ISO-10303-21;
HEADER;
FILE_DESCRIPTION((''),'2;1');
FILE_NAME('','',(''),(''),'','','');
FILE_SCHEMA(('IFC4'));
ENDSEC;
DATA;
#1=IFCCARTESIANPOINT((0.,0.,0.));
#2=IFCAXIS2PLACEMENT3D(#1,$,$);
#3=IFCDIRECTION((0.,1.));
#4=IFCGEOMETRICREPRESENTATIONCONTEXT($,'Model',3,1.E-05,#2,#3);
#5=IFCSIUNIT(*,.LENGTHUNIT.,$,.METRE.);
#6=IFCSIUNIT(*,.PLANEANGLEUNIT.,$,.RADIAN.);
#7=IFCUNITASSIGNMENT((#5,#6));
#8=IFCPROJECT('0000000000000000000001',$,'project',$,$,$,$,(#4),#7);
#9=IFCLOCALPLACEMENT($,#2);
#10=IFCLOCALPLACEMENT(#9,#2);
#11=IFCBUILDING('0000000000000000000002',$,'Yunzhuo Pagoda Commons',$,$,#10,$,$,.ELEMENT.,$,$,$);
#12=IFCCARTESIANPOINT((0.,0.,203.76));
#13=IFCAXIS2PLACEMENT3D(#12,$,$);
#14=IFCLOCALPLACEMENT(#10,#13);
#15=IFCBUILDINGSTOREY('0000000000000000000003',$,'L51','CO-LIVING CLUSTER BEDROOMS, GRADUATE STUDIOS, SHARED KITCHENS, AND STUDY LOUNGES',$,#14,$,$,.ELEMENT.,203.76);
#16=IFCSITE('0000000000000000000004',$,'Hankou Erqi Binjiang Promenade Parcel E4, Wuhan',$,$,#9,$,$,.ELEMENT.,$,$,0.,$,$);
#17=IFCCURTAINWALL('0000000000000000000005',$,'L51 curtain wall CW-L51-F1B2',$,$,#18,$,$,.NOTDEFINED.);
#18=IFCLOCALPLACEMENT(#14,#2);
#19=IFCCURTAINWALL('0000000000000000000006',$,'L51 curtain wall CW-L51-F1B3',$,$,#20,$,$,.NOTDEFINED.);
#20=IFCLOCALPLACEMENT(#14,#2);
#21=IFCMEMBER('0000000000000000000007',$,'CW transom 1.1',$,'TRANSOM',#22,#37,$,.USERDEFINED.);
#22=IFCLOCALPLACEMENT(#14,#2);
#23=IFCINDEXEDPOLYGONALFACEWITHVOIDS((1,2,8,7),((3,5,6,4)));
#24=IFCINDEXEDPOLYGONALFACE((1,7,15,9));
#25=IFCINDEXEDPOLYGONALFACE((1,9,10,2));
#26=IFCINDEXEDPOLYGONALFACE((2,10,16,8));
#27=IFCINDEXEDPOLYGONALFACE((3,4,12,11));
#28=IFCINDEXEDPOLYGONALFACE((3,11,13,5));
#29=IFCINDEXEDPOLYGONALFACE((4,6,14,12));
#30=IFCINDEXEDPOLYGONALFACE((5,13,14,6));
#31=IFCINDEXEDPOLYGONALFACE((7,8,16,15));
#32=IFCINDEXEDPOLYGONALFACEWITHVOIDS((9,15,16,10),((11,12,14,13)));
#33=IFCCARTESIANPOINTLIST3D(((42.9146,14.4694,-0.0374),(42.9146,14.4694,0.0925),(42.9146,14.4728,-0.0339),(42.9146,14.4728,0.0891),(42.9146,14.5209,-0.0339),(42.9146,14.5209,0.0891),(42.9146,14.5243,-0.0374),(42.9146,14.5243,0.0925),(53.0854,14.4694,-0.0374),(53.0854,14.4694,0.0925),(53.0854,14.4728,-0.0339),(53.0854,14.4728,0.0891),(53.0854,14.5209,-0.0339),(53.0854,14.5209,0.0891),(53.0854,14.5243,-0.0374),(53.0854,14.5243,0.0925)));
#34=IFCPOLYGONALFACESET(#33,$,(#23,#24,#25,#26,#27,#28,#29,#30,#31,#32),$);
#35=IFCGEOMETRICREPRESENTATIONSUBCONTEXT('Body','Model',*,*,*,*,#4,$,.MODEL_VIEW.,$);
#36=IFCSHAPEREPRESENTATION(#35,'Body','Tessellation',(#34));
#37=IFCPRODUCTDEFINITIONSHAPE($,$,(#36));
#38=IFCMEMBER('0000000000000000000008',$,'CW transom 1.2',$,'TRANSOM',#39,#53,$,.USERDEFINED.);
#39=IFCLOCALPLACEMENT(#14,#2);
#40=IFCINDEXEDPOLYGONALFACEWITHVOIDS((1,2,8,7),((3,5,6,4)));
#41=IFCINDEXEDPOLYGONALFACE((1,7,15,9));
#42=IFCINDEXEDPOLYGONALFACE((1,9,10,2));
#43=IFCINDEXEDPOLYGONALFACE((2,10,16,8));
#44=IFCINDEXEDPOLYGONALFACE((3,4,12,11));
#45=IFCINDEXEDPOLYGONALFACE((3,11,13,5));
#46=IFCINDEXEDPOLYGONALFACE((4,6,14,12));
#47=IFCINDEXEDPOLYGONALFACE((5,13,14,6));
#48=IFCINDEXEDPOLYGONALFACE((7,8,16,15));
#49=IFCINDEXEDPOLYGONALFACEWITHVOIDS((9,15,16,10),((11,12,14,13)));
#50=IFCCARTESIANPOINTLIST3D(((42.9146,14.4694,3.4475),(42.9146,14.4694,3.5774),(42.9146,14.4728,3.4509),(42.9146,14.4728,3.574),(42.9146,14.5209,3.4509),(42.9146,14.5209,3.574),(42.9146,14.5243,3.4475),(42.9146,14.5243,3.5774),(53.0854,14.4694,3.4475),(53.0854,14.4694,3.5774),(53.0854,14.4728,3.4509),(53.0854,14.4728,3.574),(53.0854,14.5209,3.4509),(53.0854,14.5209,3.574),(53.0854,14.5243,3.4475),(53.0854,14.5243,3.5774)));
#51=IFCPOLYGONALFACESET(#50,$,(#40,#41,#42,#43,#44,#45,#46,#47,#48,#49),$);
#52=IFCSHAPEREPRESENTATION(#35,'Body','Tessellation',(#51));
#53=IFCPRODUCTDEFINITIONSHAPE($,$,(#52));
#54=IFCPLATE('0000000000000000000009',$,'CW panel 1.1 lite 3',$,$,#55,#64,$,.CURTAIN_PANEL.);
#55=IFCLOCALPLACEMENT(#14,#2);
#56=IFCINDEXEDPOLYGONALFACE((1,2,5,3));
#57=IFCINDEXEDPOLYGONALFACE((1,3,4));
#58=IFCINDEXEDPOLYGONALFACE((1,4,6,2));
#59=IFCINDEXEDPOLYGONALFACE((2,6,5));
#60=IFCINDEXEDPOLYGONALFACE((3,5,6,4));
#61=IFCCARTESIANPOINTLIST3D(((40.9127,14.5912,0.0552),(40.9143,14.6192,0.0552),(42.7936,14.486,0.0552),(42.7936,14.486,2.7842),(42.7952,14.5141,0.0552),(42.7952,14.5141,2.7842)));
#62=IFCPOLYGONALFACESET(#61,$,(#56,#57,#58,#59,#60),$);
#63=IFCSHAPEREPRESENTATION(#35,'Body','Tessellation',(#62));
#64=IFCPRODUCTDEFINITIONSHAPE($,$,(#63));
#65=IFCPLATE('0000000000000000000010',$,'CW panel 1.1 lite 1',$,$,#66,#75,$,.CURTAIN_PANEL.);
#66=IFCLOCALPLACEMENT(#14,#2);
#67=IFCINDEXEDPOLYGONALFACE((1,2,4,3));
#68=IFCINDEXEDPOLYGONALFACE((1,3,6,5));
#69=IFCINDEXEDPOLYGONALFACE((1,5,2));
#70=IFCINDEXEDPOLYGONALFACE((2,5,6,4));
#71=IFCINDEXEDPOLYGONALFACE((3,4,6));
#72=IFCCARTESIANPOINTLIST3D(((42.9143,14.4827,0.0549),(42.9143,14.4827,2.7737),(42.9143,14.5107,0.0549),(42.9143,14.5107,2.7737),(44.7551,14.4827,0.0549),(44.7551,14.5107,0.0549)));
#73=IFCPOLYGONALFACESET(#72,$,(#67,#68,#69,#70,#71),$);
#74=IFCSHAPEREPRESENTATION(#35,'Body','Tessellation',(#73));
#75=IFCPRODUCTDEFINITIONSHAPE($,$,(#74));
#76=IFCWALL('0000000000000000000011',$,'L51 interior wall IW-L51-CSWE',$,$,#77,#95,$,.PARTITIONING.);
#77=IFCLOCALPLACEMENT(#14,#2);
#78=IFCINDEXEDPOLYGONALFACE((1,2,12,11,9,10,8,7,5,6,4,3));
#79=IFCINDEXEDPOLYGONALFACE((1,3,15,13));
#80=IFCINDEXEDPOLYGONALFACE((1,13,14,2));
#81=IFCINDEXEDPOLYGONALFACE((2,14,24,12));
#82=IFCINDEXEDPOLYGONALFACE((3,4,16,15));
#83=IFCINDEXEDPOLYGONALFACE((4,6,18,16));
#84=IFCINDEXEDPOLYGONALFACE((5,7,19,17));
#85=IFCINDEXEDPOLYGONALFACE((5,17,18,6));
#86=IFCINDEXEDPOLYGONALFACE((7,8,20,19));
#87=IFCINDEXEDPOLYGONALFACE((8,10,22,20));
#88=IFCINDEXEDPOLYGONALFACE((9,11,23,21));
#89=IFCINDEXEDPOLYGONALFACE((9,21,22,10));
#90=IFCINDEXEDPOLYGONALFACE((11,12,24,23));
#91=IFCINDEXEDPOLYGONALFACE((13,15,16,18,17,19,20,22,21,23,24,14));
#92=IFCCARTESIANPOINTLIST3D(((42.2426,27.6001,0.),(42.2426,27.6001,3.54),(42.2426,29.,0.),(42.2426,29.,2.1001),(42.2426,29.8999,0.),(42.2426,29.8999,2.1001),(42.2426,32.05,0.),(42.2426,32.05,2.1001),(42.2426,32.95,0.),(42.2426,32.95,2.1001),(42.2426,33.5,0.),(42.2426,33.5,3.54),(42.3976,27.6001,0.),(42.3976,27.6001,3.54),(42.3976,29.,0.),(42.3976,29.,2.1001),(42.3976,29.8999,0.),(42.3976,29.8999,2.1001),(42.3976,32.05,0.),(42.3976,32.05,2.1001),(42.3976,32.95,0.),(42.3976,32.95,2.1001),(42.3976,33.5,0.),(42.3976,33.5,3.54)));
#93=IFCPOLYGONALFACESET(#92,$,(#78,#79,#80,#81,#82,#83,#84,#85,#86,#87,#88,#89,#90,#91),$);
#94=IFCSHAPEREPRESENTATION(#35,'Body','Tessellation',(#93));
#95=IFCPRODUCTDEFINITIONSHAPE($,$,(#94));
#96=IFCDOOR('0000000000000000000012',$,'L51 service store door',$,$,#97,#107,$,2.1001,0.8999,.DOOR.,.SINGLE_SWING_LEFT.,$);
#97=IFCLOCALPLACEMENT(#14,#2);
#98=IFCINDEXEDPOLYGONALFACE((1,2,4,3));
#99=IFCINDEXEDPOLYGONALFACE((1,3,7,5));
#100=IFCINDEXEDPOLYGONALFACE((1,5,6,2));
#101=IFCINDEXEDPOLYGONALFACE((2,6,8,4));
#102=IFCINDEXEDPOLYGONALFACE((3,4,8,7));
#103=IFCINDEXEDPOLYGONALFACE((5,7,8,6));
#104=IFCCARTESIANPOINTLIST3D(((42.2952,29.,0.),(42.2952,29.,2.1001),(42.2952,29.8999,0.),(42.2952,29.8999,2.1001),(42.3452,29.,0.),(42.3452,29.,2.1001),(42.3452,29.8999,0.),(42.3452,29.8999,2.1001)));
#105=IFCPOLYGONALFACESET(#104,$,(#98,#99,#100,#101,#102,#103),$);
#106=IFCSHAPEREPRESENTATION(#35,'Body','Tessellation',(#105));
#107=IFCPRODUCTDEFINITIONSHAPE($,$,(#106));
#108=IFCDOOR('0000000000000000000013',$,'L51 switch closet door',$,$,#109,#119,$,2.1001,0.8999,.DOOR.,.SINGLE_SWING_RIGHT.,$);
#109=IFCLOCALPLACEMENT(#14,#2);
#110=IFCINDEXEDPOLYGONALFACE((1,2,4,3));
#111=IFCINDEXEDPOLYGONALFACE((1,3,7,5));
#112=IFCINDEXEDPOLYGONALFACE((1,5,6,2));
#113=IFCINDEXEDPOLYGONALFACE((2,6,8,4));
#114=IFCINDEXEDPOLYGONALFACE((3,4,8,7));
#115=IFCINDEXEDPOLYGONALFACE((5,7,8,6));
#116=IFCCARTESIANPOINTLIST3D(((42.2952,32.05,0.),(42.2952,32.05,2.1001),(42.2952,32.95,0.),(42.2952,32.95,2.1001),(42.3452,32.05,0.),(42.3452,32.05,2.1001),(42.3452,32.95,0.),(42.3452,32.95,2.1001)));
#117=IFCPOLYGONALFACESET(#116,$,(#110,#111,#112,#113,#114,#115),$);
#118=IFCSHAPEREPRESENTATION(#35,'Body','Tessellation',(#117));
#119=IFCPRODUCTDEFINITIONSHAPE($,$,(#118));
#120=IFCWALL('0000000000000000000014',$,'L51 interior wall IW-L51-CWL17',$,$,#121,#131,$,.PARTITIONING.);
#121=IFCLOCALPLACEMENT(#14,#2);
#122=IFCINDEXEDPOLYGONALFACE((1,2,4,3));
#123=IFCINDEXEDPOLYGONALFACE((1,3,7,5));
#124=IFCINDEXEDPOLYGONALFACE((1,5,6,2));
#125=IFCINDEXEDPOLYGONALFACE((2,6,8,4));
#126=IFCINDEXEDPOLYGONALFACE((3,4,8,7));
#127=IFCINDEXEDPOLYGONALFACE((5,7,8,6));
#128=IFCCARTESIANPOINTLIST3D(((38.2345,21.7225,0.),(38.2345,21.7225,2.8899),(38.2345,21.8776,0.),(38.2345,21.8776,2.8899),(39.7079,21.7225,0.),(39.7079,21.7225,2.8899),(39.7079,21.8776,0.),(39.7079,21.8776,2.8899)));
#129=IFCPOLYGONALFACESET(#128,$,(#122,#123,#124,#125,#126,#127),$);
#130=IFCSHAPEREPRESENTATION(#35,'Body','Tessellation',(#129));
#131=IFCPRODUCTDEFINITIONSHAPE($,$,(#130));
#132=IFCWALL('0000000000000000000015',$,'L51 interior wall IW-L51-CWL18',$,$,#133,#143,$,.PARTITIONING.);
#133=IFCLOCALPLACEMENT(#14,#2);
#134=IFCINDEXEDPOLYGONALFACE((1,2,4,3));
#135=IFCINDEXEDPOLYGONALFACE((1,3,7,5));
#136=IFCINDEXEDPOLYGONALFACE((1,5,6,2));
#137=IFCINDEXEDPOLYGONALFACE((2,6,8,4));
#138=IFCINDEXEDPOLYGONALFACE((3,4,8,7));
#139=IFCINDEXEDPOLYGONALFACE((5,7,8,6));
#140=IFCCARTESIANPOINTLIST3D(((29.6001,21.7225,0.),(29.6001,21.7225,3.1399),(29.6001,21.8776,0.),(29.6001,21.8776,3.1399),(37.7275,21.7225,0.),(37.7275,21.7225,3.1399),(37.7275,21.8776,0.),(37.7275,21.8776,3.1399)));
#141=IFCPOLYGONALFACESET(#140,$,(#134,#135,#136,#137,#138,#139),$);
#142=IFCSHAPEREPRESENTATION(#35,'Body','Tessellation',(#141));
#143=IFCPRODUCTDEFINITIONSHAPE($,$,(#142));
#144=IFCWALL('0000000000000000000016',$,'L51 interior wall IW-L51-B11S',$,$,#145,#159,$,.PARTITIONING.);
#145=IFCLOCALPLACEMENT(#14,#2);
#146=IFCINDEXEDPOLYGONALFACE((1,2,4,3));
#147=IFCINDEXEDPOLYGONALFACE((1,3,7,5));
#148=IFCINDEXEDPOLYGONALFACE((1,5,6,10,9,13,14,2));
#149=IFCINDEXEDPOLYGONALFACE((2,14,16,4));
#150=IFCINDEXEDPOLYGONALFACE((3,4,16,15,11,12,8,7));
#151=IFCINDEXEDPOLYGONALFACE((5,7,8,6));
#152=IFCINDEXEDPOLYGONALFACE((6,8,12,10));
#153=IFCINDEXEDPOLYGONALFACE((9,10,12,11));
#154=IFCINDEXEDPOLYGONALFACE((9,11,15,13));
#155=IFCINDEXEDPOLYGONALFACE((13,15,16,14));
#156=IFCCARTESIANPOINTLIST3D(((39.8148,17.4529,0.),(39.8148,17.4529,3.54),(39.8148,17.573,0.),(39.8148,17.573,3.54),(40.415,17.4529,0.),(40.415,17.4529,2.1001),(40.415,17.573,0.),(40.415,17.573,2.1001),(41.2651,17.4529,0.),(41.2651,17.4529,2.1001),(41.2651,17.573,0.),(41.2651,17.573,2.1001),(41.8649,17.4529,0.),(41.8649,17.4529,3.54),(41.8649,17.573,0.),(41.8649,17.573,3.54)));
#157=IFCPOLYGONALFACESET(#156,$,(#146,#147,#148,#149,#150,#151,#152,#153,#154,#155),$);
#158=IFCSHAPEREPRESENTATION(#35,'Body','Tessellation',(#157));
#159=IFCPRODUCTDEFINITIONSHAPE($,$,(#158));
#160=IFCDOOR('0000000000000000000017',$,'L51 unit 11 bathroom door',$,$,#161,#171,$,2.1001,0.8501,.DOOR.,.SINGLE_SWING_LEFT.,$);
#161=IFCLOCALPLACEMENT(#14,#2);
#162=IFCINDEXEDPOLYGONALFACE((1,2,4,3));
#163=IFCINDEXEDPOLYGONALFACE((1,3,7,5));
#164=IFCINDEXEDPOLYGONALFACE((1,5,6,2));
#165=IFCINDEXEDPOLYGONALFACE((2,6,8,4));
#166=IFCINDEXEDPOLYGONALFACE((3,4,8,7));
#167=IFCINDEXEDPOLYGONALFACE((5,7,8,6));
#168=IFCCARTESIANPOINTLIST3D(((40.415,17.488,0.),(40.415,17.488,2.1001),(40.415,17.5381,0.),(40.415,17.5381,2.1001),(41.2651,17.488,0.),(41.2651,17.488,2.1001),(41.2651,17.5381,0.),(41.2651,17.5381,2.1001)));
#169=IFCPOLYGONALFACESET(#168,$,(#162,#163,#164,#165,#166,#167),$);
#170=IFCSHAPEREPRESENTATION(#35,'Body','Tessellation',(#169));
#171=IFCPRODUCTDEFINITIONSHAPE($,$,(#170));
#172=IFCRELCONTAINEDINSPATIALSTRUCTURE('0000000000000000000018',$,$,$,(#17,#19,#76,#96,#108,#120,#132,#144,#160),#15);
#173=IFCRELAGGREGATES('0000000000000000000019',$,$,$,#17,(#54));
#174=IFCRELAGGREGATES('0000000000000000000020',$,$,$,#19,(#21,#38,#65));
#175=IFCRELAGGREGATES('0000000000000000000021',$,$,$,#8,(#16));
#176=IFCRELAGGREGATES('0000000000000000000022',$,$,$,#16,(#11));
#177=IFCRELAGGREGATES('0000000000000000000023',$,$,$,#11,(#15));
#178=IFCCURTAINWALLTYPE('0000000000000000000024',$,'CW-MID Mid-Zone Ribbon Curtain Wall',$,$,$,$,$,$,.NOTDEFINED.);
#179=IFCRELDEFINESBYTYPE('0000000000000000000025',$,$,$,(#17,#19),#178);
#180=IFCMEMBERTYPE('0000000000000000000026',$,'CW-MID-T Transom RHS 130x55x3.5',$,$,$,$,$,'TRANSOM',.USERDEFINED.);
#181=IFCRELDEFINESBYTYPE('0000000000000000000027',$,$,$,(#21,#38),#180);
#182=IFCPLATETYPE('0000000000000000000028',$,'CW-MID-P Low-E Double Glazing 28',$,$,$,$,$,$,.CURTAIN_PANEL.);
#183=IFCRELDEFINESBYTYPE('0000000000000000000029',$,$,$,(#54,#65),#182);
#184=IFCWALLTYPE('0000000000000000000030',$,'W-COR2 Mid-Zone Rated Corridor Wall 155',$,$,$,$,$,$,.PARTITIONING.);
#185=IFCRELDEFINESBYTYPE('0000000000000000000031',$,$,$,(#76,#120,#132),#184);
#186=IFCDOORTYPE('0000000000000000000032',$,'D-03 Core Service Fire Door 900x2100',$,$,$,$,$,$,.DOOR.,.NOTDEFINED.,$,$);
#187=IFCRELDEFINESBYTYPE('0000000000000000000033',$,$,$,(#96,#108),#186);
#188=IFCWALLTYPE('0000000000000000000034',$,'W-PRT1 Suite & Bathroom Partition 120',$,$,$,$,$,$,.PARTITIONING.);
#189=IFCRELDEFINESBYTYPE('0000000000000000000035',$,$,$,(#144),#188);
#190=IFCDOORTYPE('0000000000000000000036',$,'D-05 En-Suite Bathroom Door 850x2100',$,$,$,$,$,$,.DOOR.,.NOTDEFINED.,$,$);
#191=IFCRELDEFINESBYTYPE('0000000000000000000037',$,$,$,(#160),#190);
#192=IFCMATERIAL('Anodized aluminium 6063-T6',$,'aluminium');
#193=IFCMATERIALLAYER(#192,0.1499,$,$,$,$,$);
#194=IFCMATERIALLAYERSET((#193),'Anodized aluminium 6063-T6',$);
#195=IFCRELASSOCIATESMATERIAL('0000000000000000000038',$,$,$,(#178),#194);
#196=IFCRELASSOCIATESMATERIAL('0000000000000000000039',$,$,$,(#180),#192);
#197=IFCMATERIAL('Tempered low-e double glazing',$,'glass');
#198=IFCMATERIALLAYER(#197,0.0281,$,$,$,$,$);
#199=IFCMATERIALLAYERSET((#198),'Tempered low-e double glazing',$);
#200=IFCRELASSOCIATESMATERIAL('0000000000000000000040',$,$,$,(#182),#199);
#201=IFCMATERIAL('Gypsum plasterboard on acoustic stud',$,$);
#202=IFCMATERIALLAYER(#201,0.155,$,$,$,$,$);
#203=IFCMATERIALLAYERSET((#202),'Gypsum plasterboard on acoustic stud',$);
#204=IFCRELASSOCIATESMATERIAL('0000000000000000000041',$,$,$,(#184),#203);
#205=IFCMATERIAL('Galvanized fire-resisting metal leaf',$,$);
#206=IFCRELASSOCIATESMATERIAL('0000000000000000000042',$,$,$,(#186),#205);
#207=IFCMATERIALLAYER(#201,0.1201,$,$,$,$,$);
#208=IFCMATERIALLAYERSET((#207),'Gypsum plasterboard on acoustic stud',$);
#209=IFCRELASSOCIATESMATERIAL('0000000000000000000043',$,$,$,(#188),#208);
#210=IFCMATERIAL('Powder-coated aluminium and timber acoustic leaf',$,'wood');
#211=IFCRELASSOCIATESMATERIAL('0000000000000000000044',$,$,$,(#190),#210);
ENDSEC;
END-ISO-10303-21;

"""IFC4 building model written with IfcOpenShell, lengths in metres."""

from ifc_helpers import new_model, si_unit, direction, frame, frame_2d, origin, origin_with_axes, origin_2d, place, context, subcontext, project, spatial, polyline, rectangle, hollow_rectangle, outline, extrude, source, transform, mapped, material, layer, layer_set, material_profile, profile_set, type_object, element, fill, aggregate, save


model = new_model("IFC4")

# Units and contexts
model_context = context("Model", 3, precision=1e-05, world=origin(), true_north=direction((0.0, 1.0)))
body_context = subcontext(model_context, "Body", "Model", "MODEL_VIEW")
ifc_project = project(units=[si_unit("LENGTHUNIT", "METRE"), si_unit("PLANEANGLEUNIT", "RADIAN")], contexts=[model_context])

# Site, building, storey
site_placement = place(None, origin())
site = spatial("IfcSite", under=ifc_project, at=site_placement, Name="Hankou Erqi Binjiang Promenade Parcel E4, Wuhan", CompositionType="ELEMENT", RefElevation=0.0)
building_placement = place(site_placement, origin())
building = spatial("IfcBuilding", under=site, at=building_placement, Name="Yunzhuo Pagoda Commons", CompositionType="ELEMENT")
storey_placement = place(building_placement, frame((0.0, 0.0, 203.76)))
storey = spatial("IfcBuildingStorey", under=building, at=storey_placement, Name="L51", Description="CO-LIVING CLUSTER BEDROOMS, GRADUATE STUDIOS, SHARED KITCHENS, AND STUDY LOUNGES", CompositionType="ELEMENT", Elevation=203.76)

# Curtain wall
ifc_material_1 = material(Name="Anodized aluminium 6063-T6", Category="aluminium")
ifc_layer_1 = layer(ifc_material_1, 0.1499)
ifc_layer_set_1 = layer_set([ifc_layer_1], Name="Anodized aluminium 6063-T6")
curtain_wall_type = type_object("IfcCurtainWallType", Name="CW-MID Mid-Zone Ribbon Curtain Wall", PredefinedType="NOTDEFINED", material=ifc_layer_set_1)
curtain_wall_1_placement = place(storey_placement, origin())
curtain_wall_1 = element("IfcCurtainWall", 1, at=curtain_wall_1_placement, inside=storey, type_object=curtain_wall_type, Name="L51 curtain wall CW-L51-F1B2", PredefinedType="NOTDEFINED")

# Curtain wall, members
curtain_wall_2_placement = place(storey_placement, origin())
curtain_wall_2 = element("IfcCurtainWall", 2, at=curtain_wall_2_placement, inside=storey, type_object=curtain_wall_type, Name="L51 curtain wall CW-L51-F1B3", PredefinedType="NOTDEFINED")
ifc_material_profile_1 = material_profile(ifc_material_1, hollow_rectangle(XDim=0.0549, YDim=0.1299, WallThickness=0.0034, at=origin_2d()), Name="Anodized aluminium 6063-T6")
ifc_profile_set_1 = profile_set([ifc_material_profile_1], Name="Anodized aluminium 6063-T6")
member_type_1 = type_object("IfcMemberType", Name="CW-MID-T Transom RHS 130x55x3.5", ElementType="TRANSOM", PredefinedType="USERDEFINED", material=ifc_profile_set_1)
shared_shape_1 = source(origin(), body_context, "Body", "SweptSolid", [
    extrude(hollow_rectangle(XDim=0.0549, YDim=0.1299, WallThickness=0.0034, at=origin_2d()), origin(), (0.0, 0.0, 1.0), 10.1709),
])
member_1_placement = place(storey_placement, frame((42.9146, 14.4968, 0.0276), z_axis=(1.0, 0.0, 0.0), x_axis=(0.0, 1.0, 0.0)))
member_1 = element("IfcMember", 3, at=member_1_placement, type_object=member_type_1, Name="CW transom 1.1", ObjectType="TRANSOM", PredefinedType="USERDEFINED", context=body_context, shape_type="MappedRepresentation", body=[
    mapped(shared_shape_1, transform((0.0, 0.0, 0.0), scale=1.0)),
])
member_2_placement = place(storey_placement, frame((42.9146, 14.4968, 3.5125), z_axis=(1.0, 0.0, 0.0), x_axis=(0.0, 1.0, 0.0)))
member_2 = element("IfcMember", 4, at=member_2_placement, type_object=member_type_1, Name="CW transom 1.2", ObjectType="TRANSOM", PredefinedType="USERDEFINED", context=body_context, shape_type="MappedRepresentation", body=[
    mapped(shared_shape_1, transform((0.0, 0.0, 0.0), scale=1.0)),
])

# Plates
ifc_material_2 = material(Name="Tempered low-e double glazing", Category="glass")
ifc_layer_2 = layer(ifc_material_2, 0.0281)
ifc_layer_set_2 = layer_set([ifc_layer_2], Name="Tempered low-e double glazing")
plate_type = type_object("IfcPlateType", Name="CW-MID-P Low-E Double Glazing 28", PredefinedType="CURTAIN_PANEL", material=ifc_layer_set_2)
plate_1_placement = place(storey_placement, frame((41.8547, 14.5667, 1.4197), z_axis=(-0.055819, -0.998441, 0.0), x_axis=(0.998441, -0.055819, 0.0)))
plate_1 = element("IfcPlate", 5, at=plate_1_placement, type_object=plate_type, Name="CW panel 1.1 lite 3", PredefinedType="CURTAIN_PANEL", context=body_context, shape_type="SweptSolid", body=[
    extrude(outline(polyline([(-0.9419, -1.3645), (0.9419, -1.3645), (0.9419, 1.3645), (-0.9419, -1.3645)])), origin(), (0.0, 0.0, 1.0), 0.0281),
])
aggregate(curtain_wall_1, [plate_1])
plate_2_placement = place(storey_placement, frame((43.8347, 14.5107, 1.4143), z_axis=(0.0, -1.0, 0.0), x_axis=(1.0, 0.0, 0.0)))
plate_2 = element("IfcPlate", 6, at=plate_2_placement, type_object=plate_type, Name="CW panel 1.1 lite 1", PredefinedType="CURTAIN_PANEL", context=body_context, shape_type="SweptSolid", body=[
    extrude(outline(polyline([(-0.9204, -1.3594), (0.9204, -1.3594), (-0.9204, 1.3594), (-0.9204, -1.3594)])), origin(), (0.0, 0.0, 1.0), 0.0281),
])
aggregate(curtain_wall_2, [member_1, member_2, plate_2])

# Wall, openings, doors
ifc_material_3 = material(Name="Gypsum plasterboard on acoustic stud")
ifc_layer_3 = layer(ifc_material_3, 0.155)
ifc_layer_set_3 = layer_set([ifc_layer_3], Name="Gypsum plasterboard on acoustic stud")
wall_type_1 = type_object("IfcWallType", Name="W-COR2 Mid-Zone Rated Corridor Wall 155", PredefinedType="PARTITIONING", material=ifc_layer_set_3)
wall_1_placement = place(storey_placement, frame((42.3201, 27.6001, 0.0), z_axis=(0.0, 0.0, 1.0), x_axis=(0.0, 1.0, 0.0)))
wall_1 = element("IfcWall", 7, at=wall_1_placement, inside=storey, type_object=wall_type_1, Name="L51 interior wall IW-L51-CSWE", PredefinedType="PARTITIONING", context=body_context, shape_type="SweptSolid", body=[
    extrude(rectangle(XDim=5.8999, YDim=0.155, at=frame_2d((2.95, 0.0))), origin(), (0.0, 0.0, 1.0), 3.54),
])
opening_1_placement = place(wall_1_placement, frame((1.3999, 0.0, 0.0)))
opening_1 = element("IfcOpeningElement", 8, at=opening_1_placement, cuts=wall_1, PredefinedType="OPENING", context=body_context, shape_type="SweptSolid", body=[
    extrude(rectangle(XDim=0.8999, YDim=2.1001, at=frame_2d((0.45, 1.05))), frame((0.0, 0.0874, 0.0), z_axis=(0.0, -1.0, 0.0), x_axis=(1.0, 0.0, 0.0)), (0.0, 0.0, 1.0), 0.175),
])
opening_2_placement = place(wall_1_placement, frame((4.45, 0.0, 0.0)))
opening_2 = element("IfcOpeningElement", 9, at=opening_2_placement, cuts=wall_1, PredefinedType="OPENING", context=body_context, shape_type="SweptSolid", body=[
    extrude(rectangle(XDim=0.8999, YDim=2.1001, at=frame_2d((0.45, 1.05))), frame((0.0, 0.0874, 0.0), z_axis=(0.0, -1.0, 0.0), x_axis=(1.0, 0.0, 0.0)), (0.0, 0.0, 1.0), 0.175),
])
ifc_material_4 = material(Name="Galvanized fire-resisting metal leaf")
door_type_1 = type_object("IfcDoorType", Name="D-03 Core Service Fire Door 900x2100", OperationType="NOTDEFINED", PredefinedType="DOOR", material=ifc_material_4)
shared_shape_2 = source(origin(), body_context, "Body", "SweptSolid", [
    extrude(rectangle(XDim=0.8999, YDim=2.1001, at=frame_2d((0.45, 1.05))), frame((0.0, 0.0249, 0.0), z_axis=(0.0, -1.0, 0.0), x_axis=(1.0, 0.0, 0.0)), (0.0, 0.0, 1.0), 0.05),
])
door_1_placement = place(opening_1_placement, origin_with_axes())
door_1 = element("IfcDoor", 10, at=door_1_placement, inside=storey, type_object=door_type_1, Name="L51 service store door", OperationType="SINGLE_SWING_LEFT", OverallHeight=2.1001, OverallWidth=0.8999, PredefinedType="DOOR", context=body_context, shape_type="MappedRepresentation", body=[
    mapped(shared_shape_2, transform((0.0, 0.0, 0.0), scale=1.0)),
])
fill(opening_1, door_1)
door_2_placement = place(opening_2_placement, origin_with_axes())
door_2 = element("IfcDoor", 11, at=door_2_placement, inside=storey, type_object=door_type_1, Name="L51 switch closet door", OperationType="SINGLE_SWING_RIGHT", OverallHeight=2.1001, OverallWidth=0.8999, PredefinedType="DOOR", context=body_context, shape_type="MappedRepresentation", body=[
    mapped(shared_shape_2, transform((0.0, 0.0, 0.0), scale=1.0)),
])
fill(opening_2, door_2)

# Walls
wall_2_placement = place(storey_placement, frame((39.708, 21.8, 0.0), z_axis=(0.0, 0.0, 1.0), x_axis=(-1.0, 0.0, 0.0)))
element("IfcWall", 12, at=wall_2_placement, inside=storey, type_object=wall_type_1, Name="L51 interior wall IW-L51-CWL17", PredefinedType="PARTITIONING", context=body_context, shape_type="SweptSolid", body=[
    extrude(rectangle(XDim=1.4734, YDim=0.155, at=frame_2d((0.7368, 0.0))), origin(), (0.0, 0.0, 1.0), 2.8899),
])
wall_3_placement = place(storey_placement, frame((37.7275, 21.8, 0.0), z_axis=(0.0, 0.0, 1.0), x_axis=(-1.0, 0.0, 0.0)))
element("IfcWall", 13, at=wall_3_placement, inside=storey, type_object=wall_type_1, Name="L51 interior wall IW-L51-CWL18", PredefinedType="PARTITIONING", context=body_context, shape_type="SweptSolid", body=[
    extrude(rectangle(XDim=8.1274, YDim=0.155, at=frame_2d((4.0637, 0.0))), origin(), (0.0, 0.0, 1.0), 3.1399),
])

# Wall, opening, door
ifc_layer_4 = layer(ifc_material_3, 0.1201)
ifc_layer_set_4 = layer_set([ifc_layer_4], Name="Gypsum plasterboard on acoustic stud")
wall_type_2 = type_object("IfcWallType", Name="W-PRT1 Suite & Bathroom Partition 120", PredefinedType="PARTITIONING", material=ifc_layer_set_4)
wall_4_placement = place(storey_placement, frame((39.8149, 17.5129, 0.0), z_axis=(0.0, 0.0, 1.0), x_axis=(1.0, 0.0, 0.0)))
wall_4 = element("IfcWall", 14, at=wall_4_placement, inside=storey, type_object=wall_type_2, Name="L51 interior wall IW-L51-B11S", PredefinedType="PARTITIONING", context=body_context, shape_type="SweptSolid", body=[
    extrude(rectangle(XDim=2.05, YDim=0.1201, at=frame_2d((1.0249, 0.0))), origin(), (0.0, 0.0, 1.0), 3.54),
])
opening_3_placement = place(wall_4_placement, frame((0.6001, 0.0, 0.0)))
opening_3 = element("IfcOpeningElement", 15, at=opening_3_placement, cuts=wall_4, PredefinedType="OPENING", context=body_context, shape_type="SweptSolid", body=[
    extrude(rectangle(XDim=0.8501, YDim=2.1001, at=frame_2d((0.425, 1.05))), frame((0.0, 0.0701, 0.0), z_axis=(0.0, -1.0, 0.0), x_axis=(1.0, 0.0, 0.0)), (0.0, 0.0, 1.0), 0.1401),
])
ifc_material_5 = material(Name="Powder-coated aluminium and timber acoustic leaf", Category="wood")
door_type_2 = type_object("IfcDoorType", Name="D-05 En-Suite Bathroom Door 850x2100", OperationType="NOTDEFINED", PredefinedType="DOOR", material=ifc_material_5)
shared_shape_3 = source(origin(), body_context, "Body", "SweptSolid", [
    extrude(rectangle(XDim=0.8501, YDim=2.1001, at=frame_2d((0.425, 1.05))), frame((0.0, 0.0249, 0.0), z_axis=(0.0, -1.0, 0.0), x_axis=(1.0, 0.0, 0.0)), (0.0, 0.0, 1.0), 0.05),
])
door_3_placement = place(opening_3_placement, frame((0.8501, 0.0, 0.0), z_axis=(0.0, 0.0, 1.0), x_axis=(-1.0, 0.0, 0.0)))
door_3 = element("IfcDoor", 16, at=door_3_placement, inside=storey, type_object=door_type_2, Name="L51 unit 11 bathroom door", OperationType="SINGLE_SWING_LEFT", OverallHeight=2.1001, OverallWidth=0.8501, PredefinedType="DOOR", context=body_context, shape_type="MappedRepresentation", body=[
    mapped(shared_shape_3, transform((0.0, 0.0, 0.0), scale=1.0)),
])
fill(opening_3, door_3)

save(model, "model.ifc")
